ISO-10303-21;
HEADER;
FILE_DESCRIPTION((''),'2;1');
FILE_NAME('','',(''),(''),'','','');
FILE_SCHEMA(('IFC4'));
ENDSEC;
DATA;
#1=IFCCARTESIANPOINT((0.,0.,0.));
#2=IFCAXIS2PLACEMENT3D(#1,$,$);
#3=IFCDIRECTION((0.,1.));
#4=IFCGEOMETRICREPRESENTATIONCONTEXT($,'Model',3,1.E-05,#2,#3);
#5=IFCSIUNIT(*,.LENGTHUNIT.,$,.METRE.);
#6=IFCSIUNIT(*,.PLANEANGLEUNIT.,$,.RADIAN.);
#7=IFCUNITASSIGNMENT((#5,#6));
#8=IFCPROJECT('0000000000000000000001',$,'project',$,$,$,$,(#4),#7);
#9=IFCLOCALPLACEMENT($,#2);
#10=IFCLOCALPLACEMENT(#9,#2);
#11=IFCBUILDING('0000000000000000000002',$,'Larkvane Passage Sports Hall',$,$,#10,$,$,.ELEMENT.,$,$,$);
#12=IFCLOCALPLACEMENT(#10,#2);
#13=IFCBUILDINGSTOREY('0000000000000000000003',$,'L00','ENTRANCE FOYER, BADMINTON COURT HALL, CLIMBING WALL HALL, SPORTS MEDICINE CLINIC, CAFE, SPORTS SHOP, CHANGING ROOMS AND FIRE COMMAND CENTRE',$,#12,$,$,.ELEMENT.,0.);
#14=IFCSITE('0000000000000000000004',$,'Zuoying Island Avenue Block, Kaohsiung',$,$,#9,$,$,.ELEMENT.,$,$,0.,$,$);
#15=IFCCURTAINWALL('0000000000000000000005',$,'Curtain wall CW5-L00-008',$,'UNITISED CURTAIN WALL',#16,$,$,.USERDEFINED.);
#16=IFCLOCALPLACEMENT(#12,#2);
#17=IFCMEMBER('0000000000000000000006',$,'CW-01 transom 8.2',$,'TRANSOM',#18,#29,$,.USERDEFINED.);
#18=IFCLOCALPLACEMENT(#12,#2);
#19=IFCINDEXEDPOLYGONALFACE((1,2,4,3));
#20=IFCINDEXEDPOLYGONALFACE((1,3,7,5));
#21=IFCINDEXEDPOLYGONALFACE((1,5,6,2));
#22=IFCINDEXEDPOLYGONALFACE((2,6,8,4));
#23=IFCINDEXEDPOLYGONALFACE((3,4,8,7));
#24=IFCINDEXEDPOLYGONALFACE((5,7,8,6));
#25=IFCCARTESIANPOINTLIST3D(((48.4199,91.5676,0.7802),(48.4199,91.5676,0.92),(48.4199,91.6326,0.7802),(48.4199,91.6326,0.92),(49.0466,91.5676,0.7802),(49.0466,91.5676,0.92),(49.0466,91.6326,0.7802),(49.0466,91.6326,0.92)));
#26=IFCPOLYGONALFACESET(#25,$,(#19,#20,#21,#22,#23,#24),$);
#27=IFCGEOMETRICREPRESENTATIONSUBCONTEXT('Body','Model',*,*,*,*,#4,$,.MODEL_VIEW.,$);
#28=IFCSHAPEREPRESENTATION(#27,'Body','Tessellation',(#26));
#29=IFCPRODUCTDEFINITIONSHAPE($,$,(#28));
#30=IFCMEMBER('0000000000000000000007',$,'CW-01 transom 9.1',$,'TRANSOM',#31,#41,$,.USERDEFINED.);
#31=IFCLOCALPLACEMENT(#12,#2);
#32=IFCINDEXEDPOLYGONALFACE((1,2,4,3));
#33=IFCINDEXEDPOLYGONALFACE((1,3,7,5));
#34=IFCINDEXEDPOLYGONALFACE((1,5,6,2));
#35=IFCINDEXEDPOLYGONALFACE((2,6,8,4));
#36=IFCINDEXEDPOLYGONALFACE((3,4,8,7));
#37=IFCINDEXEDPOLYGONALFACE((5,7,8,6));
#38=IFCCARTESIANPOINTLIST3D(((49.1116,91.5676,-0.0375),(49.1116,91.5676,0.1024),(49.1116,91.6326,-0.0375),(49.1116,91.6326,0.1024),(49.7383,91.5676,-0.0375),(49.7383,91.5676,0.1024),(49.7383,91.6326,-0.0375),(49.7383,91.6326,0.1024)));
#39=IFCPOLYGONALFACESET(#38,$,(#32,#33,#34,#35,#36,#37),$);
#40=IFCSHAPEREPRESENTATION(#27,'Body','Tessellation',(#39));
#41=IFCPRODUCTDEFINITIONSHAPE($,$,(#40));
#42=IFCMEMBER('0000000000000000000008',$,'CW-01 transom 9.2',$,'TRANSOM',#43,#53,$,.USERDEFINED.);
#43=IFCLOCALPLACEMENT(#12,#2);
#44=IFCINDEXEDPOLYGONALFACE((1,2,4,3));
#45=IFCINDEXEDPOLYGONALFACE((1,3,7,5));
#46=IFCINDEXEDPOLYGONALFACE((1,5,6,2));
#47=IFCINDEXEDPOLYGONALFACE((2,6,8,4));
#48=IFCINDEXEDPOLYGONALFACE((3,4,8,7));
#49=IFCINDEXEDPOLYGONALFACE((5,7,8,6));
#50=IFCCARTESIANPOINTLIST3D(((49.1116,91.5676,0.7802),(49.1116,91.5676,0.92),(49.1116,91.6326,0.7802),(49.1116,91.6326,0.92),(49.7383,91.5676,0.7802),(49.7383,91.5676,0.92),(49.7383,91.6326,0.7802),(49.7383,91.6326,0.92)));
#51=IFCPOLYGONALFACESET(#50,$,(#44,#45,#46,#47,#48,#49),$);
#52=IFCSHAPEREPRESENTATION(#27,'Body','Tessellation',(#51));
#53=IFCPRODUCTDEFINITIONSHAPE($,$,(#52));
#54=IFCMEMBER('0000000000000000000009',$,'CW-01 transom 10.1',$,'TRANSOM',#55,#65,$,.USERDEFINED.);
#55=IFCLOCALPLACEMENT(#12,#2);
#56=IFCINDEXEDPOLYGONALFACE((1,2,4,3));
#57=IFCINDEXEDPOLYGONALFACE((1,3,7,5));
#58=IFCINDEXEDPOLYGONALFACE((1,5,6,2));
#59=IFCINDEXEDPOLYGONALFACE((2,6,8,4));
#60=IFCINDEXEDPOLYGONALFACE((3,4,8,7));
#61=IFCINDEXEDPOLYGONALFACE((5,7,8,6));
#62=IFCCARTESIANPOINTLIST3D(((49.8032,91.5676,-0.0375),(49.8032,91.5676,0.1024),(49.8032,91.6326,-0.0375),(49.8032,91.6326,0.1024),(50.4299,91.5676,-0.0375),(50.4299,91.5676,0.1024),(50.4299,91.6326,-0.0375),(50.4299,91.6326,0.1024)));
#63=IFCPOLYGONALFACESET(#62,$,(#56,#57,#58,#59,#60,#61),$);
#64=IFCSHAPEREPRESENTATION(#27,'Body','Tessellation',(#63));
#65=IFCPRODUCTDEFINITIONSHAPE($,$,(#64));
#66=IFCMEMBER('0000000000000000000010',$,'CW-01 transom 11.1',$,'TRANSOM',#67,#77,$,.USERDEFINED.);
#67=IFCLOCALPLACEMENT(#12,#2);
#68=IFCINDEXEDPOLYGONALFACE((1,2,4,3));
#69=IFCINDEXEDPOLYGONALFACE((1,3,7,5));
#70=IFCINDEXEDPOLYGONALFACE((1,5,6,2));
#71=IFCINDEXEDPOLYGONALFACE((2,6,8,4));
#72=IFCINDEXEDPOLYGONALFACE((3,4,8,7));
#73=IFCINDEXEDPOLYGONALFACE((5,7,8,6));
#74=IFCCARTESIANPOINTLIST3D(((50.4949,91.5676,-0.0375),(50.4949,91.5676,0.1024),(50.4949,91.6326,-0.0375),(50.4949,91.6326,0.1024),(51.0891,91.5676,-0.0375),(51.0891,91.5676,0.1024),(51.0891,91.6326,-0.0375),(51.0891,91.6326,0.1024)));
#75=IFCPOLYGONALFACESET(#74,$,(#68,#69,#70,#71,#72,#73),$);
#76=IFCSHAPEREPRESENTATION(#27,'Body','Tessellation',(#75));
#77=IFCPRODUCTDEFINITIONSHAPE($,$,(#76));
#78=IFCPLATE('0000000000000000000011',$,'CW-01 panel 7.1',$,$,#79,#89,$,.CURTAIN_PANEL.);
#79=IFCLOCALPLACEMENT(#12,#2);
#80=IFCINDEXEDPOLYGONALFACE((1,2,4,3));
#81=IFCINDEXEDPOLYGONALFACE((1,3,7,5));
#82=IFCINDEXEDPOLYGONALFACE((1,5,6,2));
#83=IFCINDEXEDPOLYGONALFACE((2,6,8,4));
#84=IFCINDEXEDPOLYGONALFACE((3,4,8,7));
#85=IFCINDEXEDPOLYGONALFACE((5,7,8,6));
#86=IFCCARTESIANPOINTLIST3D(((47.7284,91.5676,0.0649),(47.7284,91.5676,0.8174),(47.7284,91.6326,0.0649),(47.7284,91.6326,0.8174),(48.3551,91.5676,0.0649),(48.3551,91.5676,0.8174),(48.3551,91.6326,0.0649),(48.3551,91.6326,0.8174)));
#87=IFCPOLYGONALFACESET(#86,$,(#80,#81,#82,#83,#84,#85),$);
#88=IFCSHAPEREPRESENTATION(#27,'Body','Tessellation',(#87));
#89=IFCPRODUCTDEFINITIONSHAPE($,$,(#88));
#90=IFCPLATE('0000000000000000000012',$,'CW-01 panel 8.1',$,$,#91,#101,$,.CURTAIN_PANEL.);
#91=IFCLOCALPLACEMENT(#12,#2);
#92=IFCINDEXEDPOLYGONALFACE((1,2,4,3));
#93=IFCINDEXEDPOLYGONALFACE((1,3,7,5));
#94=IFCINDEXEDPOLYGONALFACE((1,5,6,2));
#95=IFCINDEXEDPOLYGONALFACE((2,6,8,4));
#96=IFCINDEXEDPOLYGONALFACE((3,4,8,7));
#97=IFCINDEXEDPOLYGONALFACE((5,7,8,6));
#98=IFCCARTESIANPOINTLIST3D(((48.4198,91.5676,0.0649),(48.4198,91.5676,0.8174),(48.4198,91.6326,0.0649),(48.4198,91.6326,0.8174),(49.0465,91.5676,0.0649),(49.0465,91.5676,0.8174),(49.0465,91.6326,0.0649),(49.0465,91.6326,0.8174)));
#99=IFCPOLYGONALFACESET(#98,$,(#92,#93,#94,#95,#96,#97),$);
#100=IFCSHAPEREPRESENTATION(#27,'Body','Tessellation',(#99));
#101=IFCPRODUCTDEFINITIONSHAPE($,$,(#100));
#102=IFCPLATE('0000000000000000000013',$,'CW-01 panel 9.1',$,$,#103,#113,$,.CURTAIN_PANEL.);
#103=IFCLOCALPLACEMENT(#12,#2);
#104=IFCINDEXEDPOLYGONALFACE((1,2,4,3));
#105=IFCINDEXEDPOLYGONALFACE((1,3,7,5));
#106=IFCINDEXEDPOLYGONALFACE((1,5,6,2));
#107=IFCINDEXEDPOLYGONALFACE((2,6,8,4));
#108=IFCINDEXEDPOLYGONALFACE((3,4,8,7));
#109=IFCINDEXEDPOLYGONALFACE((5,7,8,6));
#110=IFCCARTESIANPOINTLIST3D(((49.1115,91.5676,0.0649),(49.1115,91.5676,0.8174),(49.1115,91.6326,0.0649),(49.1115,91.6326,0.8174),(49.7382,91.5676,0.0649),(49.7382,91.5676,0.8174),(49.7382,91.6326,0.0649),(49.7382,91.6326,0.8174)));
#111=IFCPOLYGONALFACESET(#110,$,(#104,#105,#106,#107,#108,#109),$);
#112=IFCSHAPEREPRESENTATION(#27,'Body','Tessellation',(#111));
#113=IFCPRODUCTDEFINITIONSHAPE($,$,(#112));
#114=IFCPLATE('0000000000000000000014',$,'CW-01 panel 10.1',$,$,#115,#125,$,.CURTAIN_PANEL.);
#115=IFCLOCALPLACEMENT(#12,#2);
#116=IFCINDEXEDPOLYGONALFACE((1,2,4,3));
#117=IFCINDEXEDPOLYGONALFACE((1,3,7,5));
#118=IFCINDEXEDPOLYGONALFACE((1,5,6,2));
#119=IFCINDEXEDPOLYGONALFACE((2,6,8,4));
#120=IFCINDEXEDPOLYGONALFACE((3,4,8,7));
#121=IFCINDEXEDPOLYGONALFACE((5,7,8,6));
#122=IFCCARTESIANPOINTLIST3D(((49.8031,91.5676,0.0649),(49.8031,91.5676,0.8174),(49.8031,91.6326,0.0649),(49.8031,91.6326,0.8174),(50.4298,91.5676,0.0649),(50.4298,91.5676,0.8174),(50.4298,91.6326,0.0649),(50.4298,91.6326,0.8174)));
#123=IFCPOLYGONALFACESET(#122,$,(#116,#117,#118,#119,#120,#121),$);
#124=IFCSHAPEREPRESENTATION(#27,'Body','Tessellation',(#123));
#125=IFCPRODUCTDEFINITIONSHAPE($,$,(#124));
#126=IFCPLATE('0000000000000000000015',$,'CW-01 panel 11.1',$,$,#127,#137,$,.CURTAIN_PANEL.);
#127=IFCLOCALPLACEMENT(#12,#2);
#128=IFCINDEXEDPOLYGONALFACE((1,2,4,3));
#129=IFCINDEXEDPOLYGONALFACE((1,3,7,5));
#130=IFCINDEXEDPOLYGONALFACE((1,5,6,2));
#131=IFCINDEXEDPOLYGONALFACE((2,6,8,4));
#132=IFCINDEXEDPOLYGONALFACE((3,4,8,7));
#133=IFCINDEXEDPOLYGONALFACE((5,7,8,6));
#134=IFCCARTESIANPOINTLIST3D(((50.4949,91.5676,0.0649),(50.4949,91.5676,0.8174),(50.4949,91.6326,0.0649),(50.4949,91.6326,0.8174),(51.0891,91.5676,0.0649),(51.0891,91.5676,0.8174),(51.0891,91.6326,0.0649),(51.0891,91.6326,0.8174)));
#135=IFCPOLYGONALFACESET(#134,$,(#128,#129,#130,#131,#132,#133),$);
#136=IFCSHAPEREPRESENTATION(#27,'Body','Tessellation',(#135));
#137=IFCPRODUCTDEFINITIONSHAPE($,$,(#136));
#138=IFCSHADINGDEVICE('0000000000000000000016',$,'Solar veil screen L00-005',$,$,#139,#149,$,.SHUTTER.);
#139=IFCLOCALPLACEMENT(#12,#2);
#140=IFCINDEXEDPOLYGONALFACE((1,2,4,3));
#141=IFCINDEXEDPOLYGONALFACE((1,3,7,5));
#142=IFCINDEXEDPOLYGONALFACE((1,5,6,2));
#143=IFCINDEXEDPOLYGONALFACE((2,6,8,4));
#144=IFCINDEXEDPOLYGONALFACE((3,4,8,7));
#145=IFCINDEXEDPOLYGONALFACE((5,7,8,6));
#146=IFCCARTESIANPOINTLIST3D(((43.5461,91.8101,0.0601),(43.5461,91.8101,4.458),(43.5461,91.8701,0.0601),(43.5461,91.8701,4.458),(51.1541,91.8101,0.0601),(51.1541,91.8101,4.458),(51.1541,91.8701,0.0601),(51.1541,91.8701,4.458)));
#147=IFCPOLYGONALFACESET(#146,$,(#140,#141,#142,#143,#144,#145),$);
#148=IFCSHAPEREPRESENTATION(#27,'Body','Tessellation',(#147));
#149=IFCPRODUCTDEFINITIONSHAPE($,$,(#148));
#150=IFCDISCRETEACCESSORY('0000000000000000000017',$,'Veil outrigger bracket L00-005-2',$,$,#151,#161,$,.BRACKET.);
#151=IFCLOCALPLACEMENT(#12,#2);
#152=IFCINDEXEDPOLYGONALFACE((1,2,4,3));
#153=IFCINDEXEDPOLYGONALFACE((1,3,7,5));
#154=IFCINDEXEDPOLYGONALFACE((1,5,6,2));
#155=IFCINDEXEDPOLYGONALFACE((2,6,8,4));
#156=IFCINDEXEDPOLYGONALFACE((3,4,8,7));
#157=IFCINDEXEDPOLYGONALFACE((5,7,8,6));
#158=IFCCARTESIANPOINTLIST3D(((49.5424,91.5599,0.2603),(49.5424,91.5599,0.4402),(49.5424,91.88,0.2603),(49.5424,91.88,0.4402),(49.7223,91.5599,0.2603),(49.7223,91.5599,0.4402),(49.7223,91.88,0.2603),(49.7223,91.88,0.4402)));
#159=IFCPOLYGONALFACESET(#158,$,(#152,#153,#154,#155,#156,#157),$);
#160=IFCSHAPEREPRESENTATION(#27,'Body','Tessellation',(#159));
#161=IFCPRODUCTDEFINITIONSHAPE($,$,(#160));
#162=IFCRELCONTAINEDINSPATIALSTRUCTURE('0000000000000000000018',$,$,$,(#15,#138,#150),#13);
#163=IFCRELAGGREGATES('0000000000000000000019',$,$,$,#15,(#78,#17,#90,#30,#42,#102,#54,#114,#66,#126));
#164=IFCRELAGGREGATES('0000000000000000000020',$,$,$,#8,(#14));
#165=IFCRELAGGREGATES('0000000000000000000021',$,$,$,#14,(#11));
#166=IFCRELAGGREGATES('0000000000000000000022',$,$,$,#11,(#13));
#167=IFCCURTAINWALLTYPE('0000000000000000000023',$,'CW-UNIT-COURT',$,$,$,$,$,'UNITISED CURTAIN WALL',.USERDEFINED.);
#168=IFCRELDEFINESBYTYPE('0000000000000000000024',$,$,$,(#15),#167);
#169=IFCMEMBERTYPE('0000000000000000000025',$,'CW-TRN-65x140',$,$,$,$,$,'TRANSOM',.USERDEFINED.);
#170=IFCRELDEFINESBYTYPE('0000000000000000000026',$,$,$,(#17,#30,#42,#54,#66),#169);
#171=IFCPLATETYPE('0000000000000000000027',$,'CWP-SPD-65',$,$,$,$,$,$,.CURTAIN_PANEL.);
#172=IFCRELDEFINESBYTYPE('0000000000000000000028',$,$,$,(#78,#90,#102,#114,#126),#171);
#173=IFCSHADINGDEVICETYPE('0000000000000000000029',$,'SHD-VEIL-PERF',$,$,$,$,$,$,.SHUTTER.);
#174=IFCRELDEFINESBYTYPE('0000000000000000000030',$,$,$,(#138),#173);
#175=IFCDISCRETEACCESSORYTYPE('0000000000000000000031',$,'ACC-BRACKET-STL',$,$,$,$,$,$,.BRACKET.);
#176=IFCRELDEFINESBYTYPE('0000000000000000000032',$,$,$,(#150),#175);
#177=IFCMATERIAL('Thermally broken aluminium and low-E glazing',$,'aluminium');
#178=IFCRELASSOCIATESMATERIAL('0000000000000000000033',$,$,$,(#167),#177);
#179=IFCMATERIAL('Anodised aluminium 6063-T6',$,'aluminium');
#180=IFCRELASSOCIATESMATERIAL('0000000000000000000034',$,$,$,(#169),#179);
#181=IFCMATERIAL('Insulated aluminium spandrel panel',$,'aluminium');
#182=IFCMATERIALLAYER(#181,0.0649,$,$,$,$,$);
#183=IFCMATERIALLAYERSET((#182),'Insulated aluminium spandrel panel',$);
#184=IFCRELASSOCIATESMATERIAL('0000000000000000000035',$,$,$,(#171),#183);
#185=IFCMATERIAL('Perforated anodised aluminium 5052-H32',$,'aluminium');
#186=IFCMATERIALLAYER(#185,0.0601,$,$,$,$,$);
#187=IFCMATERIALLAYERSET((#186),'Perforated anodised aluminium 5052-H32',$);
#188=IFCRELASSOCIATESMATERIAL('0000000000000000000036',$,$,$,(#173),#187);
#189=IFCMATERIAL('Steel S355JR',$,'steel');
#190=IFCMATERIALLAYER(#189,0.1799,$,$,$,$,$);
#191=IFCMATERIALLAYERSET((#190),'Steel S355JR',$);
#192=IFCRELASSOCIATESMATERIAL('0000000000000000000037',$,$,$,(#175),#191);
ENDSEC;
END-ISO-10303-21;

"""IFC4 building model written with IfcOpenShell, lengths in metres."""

from ifc_helpers import new_model, si_unit, direction, frame, origin, origin_2d, place, context, subcontext, project, spatial, rectangle, extrude, material, layer, layer_set, material_profile, profile_set, type_object, element, aggregate, save


model = new_model("IFC4")

# Units and contexts
model_context = context("Model", 3, precision=1e-05, world=origin(), true_north=direction((0.0, 1.0)))
body_context = subcontext(model_context, "Body", "Model", "MODEL_VIEW")
ifc_project = project(units=[si_unit("LENGTHUNIT", "METRE"), si_unit("PLANEANGLEUNIT", "RADIAN")], contexts=[model_context])

# Site, building, storey
site_placement = place(None, origin())
site = spatial("IfcSite", under=ifc_project, at=site_placement, Name="Zuoying Island Avenue Block, Kaohsiung", CompositionType="ELEMENT", RefElevation=0.0)
building_placement = place(site_placement, origin())
building = spatial("IfcBuilding", under=site, at=building_placement, Name="Larkvane Passage Sports Hall", CompositionType="ELEMENT")
storey_placement = place(building_placement, origin())
storey = spatial("IfcBuildingStorey", under=building, at=storey_placement, Name="L00", Description="ENTRANCE FOYER, BADMINTON COURT HALL, CLIMBING WALL HALL, SPORTS MEDICINE CLINIC, CAFE, SPORTS SHOP, CHANGING ROOMS AND FIRE COMMAND CENTRE", CompositionType="ELEMENT", Elevation=0.0)

# Curtain wall, members, plates
ifc_material_1 = material(Name="Thermally broken aluminium and low-E glazing", Category="aluminium")
curtain_wall_type = type_object("IfcCurtainWallType", Name="CW-UNIT-COURT", ElementType="UNITISED CURTAIN WALL", PredefinedType="USERDEFINED", material=ifc_material_1)
curtain_wall_placement = place(storey_placement, origin())
curtain_wall = element("IfcCurtainWall", 1, at=curtain_wall_placement, inside=storey, type_object=curtain_wall_type, Name="Curtain wall CW5-L00-008", ObjectType="UNITISED CURTAIN WALL", PredefinedType="USERDEFINED")
ifc_material_2 = material(Name="Anodised aluminium 6063-T6", Category="aluminium")
ifc_material_profile_1 = material_profile(ifc_material_2, rectangle(XDim=0.0649, YDim=0.1399, at=origin_2d()), Name="ALU-TRN-65x140")
ifc_profile_set_1 = profile_set([ifc_material_profile_1], Name="Anodised aluminium 6063-T6")
member_type_1 = type_object("IfcMemberType", Name="CW-TRN-65x140", ElementType="TRANSOM", PredefinedType="USERDEFINED", material=ifc_profile_set_1)
member_1_placement = place(storey_placement, frame((48.4199, 91.6001, 0.8501), z_axis=(1.0, 0.0, 0.0), x_axis=(0.0, 1.0, 0.0)))
member_1 = element("IfcMember", 2, at=member_1_placement, type_object=member_type_1, Name="CW-01 transom 8.2", ObjectType="TRANSOM", PredefinedType="USERDEFINED", context=body_context, shape_type="SweptSolid", body=[
    extrude(rectangle(XDim=0.0649, YDim=0.1399, at=origin_2d()), origin(), (0.0, 0.0, 1.0), 0.6267),
])
member_2_placement = place(storey_placement, frame((49.1116, 91.6001, 0.0325), z_axis=(1.0, 0.0, 0.0), x_axis=(0.0, 1.0, 0.0)))
member_2 = element("IfcMember", 3, at=member_2_placement, type_object=member_type_1, Name="CW-01 transom 9.1", ObjectType="TRANSOM", PredefinedType="USERDEFINED", context=body_context, shape_type="SweptSolid", body=[
    extrude(rectangle(XDim=0.0649, YDim=0.1399, at=origin_2d()), origin(), (0.0, 0.0, 1.0), 0.6267),
])
member_3_placement = place(storey_placement, frame((49.1116, 91.6001, 0.8501), z_axis=(1.0, 0.0, 0.0), x_axis=(0.0, 1.0, 0.0)))
member_3 = element("IfcMember", 4, at=member_3_placement, type_object=member_type_1, Name="CW-01 transom 9.2", ObjectType="TRANSOM", PredefinedType="USERDEFINED", context=body_context, shape_type="SweptSolid", body=[
    extrude(rectangle(XDim=0.0649, YDim=0.1399, at=origin_2d()), origin(), (0.0, 0.0, 1.0), 0.6267),
])
member_4_placement = place(storey_placement, frame((49.8032, 91.6001, 0.0325), z_axis=(1.0, 0.0, 0.0), x_axis=(0.0, 1.0, 0.0)))
member_4 = element("IfcMember", 5, at=member_4_placement, type_object=member_type_1, Name="CW-01 transom 10.1", ObjectType="TRANSOM", PredefinedType="USERDEFINED", context=body_context, shape_type="SweptSolid", body=[
    extrude(rectangle(XDim=0.0649, YDim=0.1399, at=origin_2d()), origin(), (0.0, 0.0, 1.0), 0.6267),
])
member_5_placement = place(storey_placement, frame((50.4949, 91.6001, 0.0325), z_axis=(1.0, 0.0, 0.0), x_axis=(0.0, 1.0, 0.0)))
member_5 = element("IfcMember", 6, at=member_5_placement, type_object=member_type_1, Name="CW-01 transom 11.1", ObjectType="TRANSOM", PredefinedType="USERDEFINED", context=body_context, shape_type="SweptSolid", body=[
    extrude(rectangle(XDim=0.0649, YDim=0.1399, at=origin_2d()), origin(), (0.0, 0.0, 1.0), 0.5942),
])
ifc_material_3 = material(Name="Insulated aluminium spandrel panel", Category="aluminium")
ifc_layer_1 = layer(ifc_material_3, 0.0649)
ifc_layer_set_1 = layer_set([ifc_layer_1], Name="Insulated aluminium spandrel panel")
plate_type = type_object("IfcPlateType", Name="CWP-SPD-65", PredefinedType="CURTAIN_PANEL", material=ifc_layer_set_1)
plate_1_placement = place(storey_placement, frame((48.0417, 91.6001, 0.0649), z_axis=(0.0, 0.0, 1.0), x_axis=(1.0, 0.0, 0.0)))
plate_1 = element("IfcPlate", 7, at=plate_1_placement, type_object=plate_type, Name="CW-01 panel 7.1", PredefinedType="CURTAIN_PANEL", context=body_context, shape_type="SweptSolid", body=[
    extrude(rectangle(XDim=0.6267, YDim=0.0649, at=origin_2d()), origin(), (0.0, 0.0, 1.0), 0.7524),
])
plate_2_placement = place(storey_placement, frame((48.7332, 91.6001, 0.0649), z_axis=(0.0, 0.0, 1.0), x_axis=(1.0, 0.0, 0.0)))
plate_2 = element("IfcPlate", 8, at=plate_2_placement, type_object=plate_type, Name="CW-01 panel 8.1", PredefinedType="CURTAIN_PANEL", context=body_context, shape_type="SweptSolid", body=[
    extrude(rectangle(XDim=0.6267, YDim=0.0649, at=origin_2d()), origin(), (0.0, 0.0, 1.0), 0.7524),
])
plate_3_placement = place(storey_placement, frame((49.4248, 91.6001, 0.0649), z_axis=(0.0, 0.0, 1.0), x_axis=(1.0, 0.0, 0.0)))
plate_3 = element("IfcPlate", 9, at=plate_3_placement, type_object=plate_type, Name="CW-01 panel 9.1", PredefinedType="CURTAIN_PANEL", context=body_context, shape_type="SweptSolid", body=[
    extrude(rectangle(XDim=0.6267, YDim=0.0649, at=origin_2d()), origin(), (0.0, 0.0, 1.0), 0.7524),
])
plate_4_placement = place(storey_placement, frame((50.1165, 91.6001, 0.0649), z_axis=(0.0, 0.0, 1.0), x_axis=(1.0, 0.0, 0.0)))
plate_4 = element("IfcPlate", 10, at=plate_4_placement, type_object=plate_type, Name="CW-01 panel 10.1", PredefinedType="CURTAIN_PANEL", context=body_context, shape_type="SweptSolid", body=[
    extrude(rectangle(XDim=0.6267, YDim=0.0649, at=origin_2d()), origin(), (0.0, 0.0, 1.0), 0.7524),
])
plate_5_placement = place(storey_placement, frame((50.792, 91.6001, 0.0649), z_axis=(0.0, 0.0, 1.0), x_axis=(1.0, 0.0, 0.0)))
plate_5 = element("IfcPlate", 11, at=plate_5_placement, type_object=plate_type, Name="CW-01 panel 11.1", PredefinedType="CURTAIN_PANEL", context=body_context, shape_type="SweptSolid", body=[
    extrude(rectangle(XDim=0.5942, YDim=0.0649, at=origin_2d()), origin(), (0.0, 0.0, 1.0), 0.7524),
])
aggregate(curtain_wall, [plate_1, member_1, plate_2, member_2, member_3, plate_3, member_4, plate_4, member_5, plate_5])

# Shading device
ifc_material_4 = material(Name="Perforated anodised aluminium 5052-H32", Category="aluminium")
ifc_layer_2 = layer(ifc_material_4, 0.0601)
ifc_layer_set_2 = layer_set([ifc_layer_2], Name="Perforated anodised aluminium 5052-H32")
shading_device_type = type_object("IfcShadingDeviceType", Name="SHD-VEIL-PERF", PredefinedType="SHUTTER", material=ifc_layer_set_2)
shading_device_placement = place(storey_placement, frame((47.3501, 91.8401, 0.0601), z_axis=(0.0, 0.0, 1.0), x_axis=(1.0, 0.0, 0.0)))
element("IfcShadingDevice", 12, at=shading_device_placement, inside=storey, type_object=shading_device_type, Name="Solar veil screen L00-005", PredefinedType="SHUTTER", context=body_context, shape_type="SweptSolid", body=[
    extrude(rectangle(XDim=7.6079, YDim=0.0601, at=origin_2d()), origin(), (0.0, 0.0, 1.0), 4.3979),
])

# Discrete accessory
ifc_material_5 = material(Name="Steel S355JR", Category="steel")
ifc_layer_3 = layer(ifc_material_5, 0.1799)
ifc_layer_set_3 = layer_set([ifc_layer_3], Name="Steel S355JR")
discrete_accessory_type = type_object("IfcDiscreteAccessoryType", Name="ACC-BRACKET-STL", PredefinedType="BRACKET", material=ifc_layer_set_3)
discrete_accessory_placement = place(storey_placement, frame((49.6323, 91.72, 0.2603), z_axis=(0.0, 0.0, 1.0), x_axis=(1.0, 0.0, 0.0)))
element("IfcDiscreteAccessory", 13, at=discrete_accessory_placement, inside=storey, type_object=discrete_accessory_type, Name="Veil outrigger bracket L00-005-2", PredefinedType="BRACKET", context=body_context, shape_type="SweptSolid", body=[
    extrude(rectangle(XDim=0.1799, YDim=0.3201, at=origin_2d()), origin(), (0.0, 0.0, 1.0), 0.1799),
])

save(model, "model.ifc")
